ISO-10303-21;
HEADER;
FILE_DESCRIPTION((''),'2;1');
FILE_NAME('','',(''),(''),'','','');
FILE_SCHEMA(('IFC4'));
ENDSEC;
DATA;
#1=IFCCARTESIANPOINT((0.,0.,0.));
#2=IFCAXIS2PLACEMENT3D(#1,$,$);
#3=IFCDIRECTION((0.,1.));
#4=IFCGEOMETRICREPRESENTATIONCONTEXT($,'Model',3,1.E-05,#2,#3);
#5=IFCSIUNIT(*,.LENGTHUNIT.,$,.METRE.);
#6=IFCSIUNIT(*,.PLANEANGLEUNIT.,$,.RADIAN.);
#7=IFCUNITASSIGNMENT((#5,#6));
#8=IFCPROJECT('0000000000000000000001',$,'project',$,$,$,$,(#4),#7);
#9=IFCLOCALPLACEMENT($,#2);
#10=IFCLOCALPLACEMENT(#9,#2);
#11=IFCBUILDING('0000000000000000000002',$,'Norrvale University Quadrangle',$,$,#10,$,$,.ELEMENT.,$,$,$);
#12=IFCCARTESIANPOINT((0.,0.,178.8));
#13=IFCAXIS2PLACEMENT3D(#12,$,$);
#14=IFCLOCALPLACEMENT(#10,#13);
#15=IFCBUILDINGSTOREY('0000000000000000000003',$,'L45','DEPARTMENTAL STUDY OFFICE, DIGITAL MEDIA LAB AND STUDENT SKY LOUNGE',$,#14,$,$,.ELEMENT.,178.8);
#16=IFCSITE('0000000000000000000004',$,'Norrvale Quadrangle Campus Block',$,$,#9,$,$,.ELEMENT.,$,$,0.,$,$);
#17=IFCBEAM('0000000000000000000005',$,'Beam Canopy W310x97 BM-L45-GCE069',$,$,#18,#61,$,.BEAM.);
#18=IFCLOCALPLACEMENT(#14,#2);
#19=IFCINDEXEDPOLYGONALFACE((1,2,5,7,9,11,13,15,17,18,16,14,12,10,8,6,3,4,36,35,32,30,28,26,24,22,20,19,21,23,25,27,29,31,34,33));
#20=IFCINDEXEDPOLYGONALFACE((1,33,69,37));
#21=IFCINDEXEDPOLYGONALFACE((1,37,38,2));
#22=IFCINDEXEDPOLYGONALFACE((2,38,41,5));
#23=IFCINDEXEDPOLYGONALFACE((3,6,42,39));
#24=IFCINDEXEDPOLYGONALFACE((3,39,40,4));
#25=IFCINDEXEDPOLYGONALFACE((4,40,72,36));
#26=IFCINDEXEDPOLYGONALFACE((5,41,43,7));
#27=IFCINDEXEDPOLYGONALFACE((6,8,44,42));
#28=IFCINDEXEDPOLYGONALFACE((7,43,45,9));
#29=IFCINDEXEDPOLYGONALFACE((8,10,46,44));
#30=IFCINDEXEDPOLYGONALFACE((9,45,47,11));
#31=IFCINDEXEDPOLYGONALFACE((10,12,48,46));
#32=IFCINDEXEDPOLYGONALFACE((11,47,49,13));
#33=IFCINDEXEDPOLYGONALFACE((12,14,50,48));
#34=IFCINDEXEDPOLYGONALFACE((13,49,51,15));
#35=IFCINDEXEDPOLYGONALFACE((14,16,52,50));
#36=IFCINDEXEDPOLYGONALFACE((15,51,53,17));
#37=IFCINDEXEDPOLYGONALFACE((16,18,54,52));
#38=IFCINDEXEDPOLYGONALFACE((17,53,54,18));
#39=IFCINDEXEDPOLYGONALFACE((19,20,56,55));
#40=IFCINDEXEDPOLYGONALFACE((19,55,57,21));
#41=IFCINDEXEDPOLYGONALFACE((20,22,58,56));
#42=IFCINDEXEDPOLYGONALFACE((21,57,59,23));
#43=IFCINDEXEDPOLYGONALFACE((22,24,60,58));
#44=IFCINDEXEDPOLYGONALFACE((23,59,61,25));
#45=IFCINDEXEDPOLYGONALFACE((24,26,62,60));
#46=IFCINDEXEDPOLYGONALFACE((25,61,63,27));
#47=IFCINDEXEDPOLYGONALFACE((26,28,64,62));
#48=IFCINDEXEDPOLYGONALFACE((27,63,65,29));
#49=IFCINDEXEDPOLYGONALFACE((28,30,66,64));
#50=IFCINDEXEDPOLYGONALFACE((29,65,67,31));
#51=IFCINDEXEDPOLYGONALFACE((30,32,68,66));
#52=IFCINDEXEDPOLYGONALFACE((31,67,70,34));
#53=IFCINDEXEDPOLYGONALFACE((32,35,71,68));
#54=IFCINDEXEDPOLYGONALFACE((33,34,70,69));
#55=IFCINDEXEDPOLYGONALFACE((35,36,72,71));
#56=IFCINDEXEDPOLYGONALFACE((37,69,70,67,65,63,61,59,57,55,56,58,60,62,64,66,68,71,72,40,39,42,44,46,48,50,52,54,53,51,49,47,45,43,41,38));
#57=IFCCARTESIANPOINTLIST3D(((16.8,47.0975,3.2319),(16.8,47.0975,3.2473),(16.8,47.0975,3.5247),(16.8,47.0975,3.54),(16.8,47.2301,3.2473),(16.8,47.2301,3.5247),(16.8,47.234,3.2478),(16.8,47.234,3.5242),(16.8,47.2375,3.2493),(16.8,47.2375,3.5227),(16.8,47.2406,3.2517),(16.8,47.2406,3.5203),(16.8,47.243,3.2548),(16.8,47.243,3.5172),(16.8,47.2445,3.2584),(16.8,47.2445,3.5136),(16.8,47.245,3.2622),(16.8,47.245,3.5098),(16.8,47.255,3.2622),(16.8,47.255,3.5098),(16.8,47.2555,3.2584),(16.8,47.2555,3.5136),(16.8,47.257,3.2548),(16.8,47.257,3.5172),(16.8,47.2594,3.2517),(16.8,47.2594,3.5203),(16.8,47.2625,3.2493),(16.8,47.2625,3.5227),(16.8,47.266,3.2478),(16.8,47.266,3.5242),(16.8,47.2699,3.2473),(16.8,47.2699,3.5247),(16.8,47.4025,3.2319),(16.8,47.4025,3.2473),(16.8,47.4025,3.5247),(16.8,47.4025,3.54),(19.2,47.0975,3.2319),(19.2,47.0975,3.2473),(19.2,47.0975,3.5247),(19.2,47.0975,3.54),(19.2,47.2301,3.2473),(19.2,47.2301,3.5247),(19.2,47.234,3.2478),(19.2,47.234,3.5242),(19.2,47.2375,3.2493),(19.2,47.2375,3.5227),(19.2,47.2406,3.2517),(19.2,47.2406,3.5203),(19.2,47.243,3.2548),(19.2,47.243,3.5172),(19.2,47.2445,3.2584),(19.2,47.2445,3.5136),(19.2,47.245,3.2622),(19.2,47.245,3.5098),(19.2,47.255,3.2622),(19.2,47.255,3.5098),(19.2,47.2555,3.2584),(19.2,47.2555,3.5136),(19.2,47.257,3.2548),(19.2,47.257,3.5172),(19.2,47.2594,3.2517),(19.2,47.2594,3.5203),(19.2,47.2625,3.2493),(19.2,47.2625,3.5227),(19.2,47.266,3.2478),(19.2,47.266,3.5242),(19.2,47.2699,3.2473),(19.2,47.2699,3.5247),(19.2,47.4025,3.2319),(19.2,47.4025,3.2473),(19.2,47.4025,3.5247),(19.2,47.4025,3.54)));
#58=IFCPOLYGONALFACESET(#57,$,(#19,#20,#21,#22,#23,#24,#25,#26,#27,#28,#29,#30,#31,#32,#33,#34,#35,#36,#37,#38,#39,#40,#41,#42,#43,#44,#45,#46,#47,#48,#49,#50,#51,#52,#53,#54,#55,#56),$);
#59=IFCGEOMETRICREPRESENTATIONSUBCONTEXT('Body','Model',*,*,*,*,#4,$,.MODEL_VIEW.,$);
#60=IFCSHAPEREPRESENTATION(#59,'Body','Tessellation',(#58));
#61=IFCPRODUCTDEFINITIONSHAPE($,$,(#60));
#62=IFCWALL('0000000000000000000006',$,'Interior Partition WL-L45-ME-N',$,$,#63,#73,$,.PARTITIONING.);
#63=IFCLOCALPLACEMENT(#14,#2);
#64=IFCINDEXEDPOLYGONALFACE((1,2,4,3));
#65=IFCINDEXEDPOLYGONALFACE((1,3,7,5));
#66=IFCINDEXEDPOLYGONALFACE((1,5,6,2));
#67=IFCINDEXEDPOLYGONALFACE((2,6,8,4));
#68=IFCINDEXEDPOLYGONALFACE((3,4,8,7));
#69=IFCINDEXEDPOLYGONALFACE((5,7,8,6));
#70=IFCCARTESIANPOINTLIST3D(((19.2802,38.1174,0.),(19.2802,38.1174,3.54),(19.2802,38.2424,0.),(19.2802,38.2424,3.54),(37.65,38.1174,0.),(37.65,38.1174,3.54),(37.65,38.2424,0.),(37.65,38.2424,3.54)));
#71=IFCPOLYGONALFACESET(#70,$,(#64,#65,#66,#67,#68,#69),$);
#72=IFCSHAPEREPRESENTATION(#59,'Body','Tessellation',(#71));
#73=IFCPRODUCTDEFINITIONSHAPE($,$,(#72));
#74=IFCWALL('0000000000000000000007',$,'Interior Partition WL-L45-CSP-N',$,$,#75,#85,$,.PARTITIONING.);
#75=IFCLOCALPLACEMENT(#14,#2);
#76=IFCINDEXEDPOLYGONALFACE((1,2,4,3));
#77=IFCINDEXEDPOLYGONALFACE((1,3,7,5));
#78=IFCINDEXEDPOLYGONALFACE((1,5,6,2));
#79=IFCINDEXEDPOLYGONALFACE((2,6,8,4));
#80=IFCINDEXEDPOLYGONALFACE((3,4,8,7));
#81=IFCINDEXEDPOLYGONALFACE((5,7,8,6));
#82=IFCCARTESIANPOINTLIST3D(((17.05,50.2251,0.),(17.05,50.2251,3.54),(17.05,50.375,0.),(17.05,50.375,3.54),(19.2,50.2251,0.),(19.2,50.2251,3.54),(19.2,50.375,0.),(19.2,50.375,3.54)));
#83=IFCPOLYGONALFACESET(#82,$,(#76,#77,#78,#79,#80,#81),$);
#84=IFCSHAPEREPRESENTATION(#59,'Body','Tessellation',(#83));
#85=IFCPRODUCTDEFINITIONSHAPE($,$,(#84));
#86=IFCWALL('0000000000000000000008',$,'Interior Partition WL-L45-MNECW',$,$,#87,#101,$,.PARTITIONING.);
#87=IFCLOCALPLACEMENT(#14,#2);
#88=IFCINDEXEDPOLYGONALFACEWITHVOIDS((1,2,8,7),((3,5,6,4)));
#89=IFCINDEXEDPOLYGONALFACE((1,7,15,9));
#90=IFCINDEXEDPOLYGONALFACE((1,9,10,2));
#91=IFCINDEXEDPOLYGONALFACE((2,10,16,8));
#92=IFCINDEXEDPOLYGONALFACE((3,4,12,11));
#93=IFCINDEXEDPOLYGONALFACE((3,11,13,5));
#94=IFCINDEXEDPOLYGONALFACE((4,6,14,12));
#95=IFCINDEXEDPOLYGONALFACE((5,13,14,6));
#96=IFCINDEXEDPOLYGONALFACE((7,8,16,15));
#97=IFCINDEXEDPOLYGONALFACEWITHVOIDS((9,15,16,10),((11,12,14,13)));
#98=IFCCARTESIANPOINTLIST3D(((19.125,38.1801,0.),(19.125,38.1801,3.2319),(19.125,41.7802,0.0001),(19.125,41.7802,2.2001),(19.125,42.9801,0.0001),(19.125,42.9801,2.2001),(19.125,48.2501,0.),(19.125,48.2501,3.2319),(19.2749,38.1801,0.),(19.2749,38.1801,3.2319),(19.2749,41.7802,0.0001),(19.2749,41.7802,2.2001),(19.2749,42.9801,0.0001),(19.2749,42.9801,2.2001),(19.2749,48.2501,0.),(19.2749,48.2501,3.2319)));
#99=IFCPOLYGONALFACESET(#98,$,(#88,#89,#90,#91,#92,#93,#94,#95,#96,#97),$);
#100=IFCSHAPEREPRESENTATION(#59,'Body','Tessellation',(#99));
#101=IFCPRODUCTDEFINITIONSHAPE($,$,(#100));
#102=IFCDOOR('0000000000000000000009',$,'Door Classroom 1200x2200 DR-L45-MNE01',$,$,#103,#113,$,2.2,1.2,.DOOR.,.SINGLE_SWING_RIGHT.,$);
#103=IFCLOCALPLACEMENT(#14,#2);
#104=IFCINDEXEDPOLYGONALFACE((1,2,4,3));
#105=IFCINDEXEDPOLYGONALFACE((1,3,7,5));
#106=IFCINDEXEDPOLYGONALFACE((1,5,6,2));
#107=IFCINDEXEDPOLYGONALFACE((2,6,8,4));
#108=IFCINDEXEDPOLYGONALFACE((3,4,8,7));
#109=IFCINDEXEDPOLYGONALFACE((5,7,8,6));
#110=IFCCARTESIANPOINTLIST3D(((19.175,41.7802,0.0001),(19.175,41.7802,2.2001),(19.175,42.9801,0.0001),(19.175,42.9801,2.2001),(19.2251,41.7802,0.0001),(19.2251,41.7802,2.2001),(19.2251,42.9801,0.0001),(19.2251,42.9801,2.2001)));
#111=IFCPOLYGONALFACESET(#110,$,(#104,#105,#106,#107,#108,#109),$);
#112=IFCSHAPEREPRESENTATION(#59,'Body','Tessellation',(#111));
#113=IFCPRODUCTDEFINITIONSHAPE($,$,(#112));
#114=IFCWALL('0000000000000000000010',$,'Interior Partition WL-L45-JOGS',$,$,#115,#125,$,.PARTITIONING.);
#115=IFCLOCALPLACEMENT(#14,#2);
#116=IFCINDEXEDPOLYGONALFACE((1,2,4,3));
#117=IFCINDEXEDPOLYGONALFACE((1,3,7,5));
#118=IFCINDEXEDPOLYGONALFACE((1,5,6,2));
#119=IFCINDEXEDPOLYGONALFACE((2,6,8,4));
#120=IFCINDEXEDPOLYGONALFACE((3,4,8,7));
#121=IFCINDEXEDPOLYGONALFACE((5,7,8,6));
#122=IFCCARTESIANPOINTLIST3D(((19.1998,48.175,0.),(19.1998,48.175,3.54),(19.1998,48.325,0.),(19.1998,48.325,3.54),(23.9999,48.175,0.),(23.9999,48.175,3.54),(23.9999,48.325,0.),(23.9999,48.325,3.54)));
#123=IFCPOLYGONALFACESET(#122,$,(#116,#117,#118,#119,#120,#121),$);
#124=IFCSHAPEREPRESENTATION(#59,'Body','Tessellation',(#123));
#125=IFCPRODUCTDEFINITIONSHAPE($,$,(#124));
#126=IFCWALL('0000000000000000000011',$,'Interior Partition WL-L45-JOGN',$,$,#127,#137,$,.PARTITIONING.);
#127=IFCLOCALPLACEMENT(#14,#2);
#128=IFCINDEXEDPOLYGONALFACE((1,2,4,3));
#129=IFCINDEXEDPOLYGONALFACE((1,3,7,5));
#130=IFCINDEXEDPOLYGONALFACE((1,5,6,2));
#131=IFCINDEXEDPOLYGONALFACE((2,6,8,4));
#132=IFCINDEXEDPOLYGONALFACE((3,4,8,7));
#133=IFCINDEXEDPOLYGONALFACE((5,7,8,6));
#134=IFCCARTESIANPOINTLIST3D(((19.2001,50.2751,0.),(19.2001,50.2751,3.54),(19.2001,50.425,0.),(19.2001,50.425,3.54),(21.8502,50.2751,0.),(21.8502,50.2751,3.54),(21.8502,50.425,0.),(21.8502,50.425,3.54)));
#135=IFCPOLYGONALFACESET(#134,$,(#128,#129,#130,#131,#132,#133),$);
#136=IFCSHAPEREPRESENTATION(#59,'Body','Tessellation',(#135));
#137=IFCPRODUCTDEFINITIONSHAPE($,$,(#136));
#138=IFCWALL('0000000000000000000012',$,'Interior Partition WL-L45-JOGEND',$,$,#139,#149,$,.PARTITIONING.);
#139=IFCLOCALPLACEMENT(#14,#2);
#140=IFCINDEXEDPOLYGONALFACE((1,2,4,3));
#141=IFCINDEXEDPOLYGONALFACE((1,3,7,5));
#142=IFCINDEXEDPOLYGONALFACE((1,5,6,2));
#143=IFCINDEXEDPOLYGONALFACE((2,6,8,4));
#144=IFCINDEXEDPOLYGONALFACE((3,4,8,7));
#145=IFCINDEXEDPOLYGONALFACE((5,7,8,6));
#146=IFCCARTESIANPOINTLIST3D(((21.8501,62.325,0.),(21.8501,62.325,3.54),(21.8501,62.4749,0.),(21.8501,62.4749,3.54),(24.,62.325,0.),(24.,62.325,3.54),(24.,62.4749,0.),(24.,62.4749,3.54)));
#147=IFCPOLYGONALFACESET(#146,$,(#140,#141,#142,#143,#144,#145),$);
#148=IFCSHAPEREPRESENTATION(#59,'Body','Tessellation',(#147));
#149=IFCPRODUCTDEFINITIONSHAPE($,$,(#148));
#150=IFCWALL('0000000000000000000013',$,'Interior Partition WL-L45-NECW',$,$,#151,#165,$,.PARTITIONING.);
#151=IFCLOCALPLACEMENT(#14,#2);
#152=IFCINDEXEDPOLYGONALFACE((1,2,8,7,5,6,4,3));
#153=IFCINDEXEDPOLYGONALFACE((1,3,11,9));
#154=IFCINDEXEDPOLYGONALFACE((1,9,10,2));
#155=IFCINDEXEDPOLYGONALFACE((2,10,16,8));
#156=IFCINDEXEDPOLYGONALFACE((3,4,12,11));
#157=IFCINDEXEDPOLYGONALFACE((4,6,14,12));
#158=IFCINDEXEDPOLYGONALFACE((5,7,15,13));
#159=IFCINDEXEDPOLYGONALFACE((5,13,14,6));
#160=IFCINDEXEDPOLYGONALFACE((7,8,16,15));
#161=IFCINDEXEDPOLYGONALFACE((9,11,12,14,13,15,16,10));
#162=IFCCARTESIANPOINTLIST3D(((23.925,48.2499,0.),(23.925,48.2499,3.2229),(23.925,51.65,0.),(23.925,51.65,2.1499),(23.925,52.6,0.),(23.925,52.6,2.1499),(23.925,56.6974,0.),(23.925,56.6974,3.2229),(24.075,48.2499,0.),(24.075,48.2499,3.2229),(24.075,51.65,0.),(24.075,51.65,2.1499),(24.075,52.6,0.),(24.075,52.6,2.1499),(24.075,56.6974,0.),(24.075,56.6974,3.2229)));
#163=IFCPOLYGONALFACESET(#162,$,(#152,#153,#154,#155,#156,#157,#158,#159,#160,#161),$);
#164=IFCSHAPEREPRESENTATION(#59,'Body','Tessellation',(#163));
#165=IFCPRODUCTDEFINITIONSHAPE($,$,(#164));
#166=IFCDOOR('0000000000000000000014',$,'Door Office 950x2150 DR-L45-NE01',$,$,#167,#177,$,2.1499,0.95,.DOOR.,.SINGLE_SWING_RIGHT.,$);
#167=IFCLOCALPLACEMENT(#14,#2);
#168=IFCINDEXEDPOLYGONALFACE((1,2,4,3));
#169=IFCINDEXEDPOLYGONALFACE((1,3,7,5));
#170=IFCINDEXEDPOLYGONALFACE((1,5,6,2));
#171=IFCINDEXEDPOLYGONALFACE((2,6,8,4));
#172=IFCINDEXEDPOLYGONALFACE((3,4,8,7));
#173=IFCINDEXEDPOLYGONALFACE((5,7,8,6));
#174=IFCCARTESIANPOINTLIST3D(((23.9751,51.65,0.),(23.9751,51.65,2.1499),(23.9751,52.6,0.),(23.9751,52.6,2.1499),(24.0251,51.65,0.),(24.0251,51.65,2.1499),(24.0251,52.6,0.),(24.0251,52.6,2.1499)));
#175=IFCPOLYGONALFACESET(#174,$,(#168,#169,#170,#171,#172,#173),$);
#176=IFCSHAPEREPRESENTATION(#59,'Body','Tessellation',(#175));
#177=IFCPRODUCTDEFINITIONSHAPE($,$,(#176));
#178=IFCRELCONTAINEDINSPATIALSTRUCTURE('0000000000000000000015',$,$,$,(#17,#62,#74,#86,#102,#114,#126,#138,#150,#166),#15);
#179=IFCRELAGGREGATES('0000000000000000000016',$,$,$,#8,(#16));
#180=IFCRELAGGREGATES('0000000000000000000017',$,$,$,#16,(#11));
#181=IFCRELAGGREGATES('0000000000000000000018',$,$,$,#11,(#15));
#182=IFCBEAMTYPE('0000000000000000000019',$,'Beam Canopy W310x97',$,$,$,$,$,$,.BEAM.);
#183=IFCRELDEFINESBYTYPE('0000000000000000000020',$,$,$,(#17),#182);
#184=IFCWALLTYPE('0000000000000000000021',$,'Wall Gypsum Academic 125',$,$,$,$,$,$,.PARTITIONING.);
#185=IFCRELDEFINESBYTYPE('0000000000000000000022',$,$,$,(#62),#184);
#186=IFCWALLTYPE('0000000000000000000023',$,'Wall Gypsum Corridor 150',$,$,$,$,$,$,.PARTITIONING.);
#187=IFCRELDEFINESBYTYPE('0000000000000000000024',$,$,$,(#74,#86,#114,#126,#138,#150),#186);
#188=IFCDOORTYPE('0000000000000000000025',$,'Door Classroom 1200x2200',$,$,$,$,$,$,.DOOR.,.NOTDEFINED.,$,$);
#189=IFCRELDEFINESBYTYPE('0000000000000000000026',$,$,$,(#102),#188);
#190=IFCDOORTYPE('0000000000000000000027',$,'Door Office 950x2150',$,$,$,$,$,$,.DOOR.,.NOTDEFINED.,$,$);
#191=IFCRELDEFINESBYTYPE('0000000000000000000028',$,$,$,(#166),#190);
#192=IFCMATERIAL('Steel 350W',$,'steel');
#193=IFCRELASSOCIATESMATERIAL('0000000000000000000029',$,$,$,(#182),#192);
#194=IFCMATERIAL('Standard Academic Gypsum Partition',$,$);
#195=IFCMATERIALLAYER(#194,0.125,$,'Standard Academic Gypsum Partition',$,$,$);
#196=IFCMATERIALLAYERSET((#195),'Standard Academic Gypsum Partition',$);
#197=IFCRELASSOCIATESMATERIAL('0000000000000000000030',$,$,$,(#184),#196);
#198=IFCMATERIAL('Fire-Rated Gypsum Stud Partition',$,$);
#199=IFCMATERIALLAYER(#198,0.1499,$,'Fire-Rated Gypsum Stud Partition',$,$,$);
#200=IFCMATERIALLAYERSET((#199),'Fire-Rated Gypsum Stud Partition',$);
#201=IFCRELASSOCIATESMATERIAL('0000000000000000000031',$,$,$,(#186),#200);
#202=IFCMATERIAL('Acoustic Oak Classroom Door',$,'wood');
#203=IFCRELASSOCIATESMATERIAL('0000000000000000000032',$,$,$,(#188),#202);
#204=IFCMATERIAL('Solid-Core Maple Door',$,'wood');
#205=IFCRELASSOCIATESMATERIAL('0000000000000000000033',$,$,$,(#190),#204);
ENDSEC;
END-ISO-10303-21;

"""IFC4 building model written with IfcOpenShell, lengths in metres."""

from ifc_helpers import new_model, si_unit, direction, frame, frame_2d, origin, origin_2d, place, context, subcontext, project, spatial, rectangle, i_section, extrude, material, layer, layer_set, material_profile, profile_set, type_object, element, fill, save


model = new_model("IFC4")

# Units and contexts
model_context = context("Model", 3, precision=1e-05, world=origin(), true_north=direction((0.0, 1.0)))
body_context = subcontext(model_context, "Body", "Model", "MODEL_VIEW")
ifc_project = project(units=[si_unit("LENGTHUNIT", "METRE"), si_unit("PLANEANGLEUNIT", "RADIAN")], contexts=[model_context])

# Site, building, storey
site_placement = place(None, origin())
site = spatial("IfcSite", under=ifc_project, at=site_placement, Name="Norrvale Quadrangle Campus Block", CompositionType="ELEMENT", RefElevation=0.0)
building_placement = place(site_placement, origin())
building = spatial("IfcBuilding", under=site, at=building_placement, Name="Norrvale University Quadrangle", CompositionType="ELEMENT")
storey_placement = place(building_placement, frame((0.0, 0.0, 178.8)))
storey = spatial("IfcBuildingStorey", under=building, at=storey_placement, Name="L45", Description="DEPARTMENTAL STUDY OFFICE, DIGITAL MEDIA LAB AND STUDENT SKY LOUNGE", CompositionType="ELEMENT", Elevation=178.8)

# Beam
ifc_material_1 = material(Name="Steel 350W", Category="steel")
ifc_material_profile_1 = material_profile(ifc_material_1, i_section(OverallWidth=0.3049, OverallDepth=0.3081, WebThickness=0.01, FlangeThickness=0.0154, FilletRadius=0.0149, at=origin_2d()), Name="Steel 350W")
ifc_profile_set_1 = profile_set([ifc_material_profile_1], Name="Steel 350W")
beam_type_1 = type_object("IfcBeamType", Name="Beam Canopy W310x97", PredefinedType="BEAM", material=ifc_profile_set_1)
beam_1_placement = place(storey_placement, frame((16.8, 47.25, 3.386), z_axis=(1.0, 0.0, 0.0), x_axis=(0.0, 1.0, 0.0)))
element("IfcBeam", 1, at=beam_1_placement, inside=storey, type_object=beam_type_1, Name="Beam Canopy W310x97 BM-L45-GCE069", PredefinedType="BEAM", context=body_context, shape_type="SweptSolid", body=[
    extrude(i_section(OverallWidth=0.3049, OverallDepth=0.3081, WebThickness=0.01, FlangeThickness=0.0154, FilletRadius=0.0149, at=origin_2d()), origin(), (0.0, 0.0, 1.0), 2.3999),
])

# Walls
ifc_material_2 = material(Name="Standard Academic Gypsum Partition")
ifc_layer_1 = layer(ifc_material_2, 0.125, Name="Standard Academic Gypsum Partition")
ifc_layer_set_1 = layer_set([ifc_layer_1], Name="Standard Academic Gypsum Partition")
wall_type_1 = type_object("IfcWallType", Name="Wall Gypsum Academic 125", PredefinedType="PARTITIONING", material=ifc_layer_set_1)
wall_1_placement = place(storey_placement, frame((19.28, 38.1799, 0.0), z_axis=(0.0, 0.0, 1.0), x_axis=(1.0, 0.0, 0.0)))
element("IfcWall", 2, at=wall_1_placement, inside=storey, type_object=wall_type_1, Name="Interior Partition WL-L45-ME-N", PredefinedType="PARTITIONING", context=body_context, shape_type="SweptSolid", body=[
    extrude(rectangle(XDim=18.3699, YDim=0.125, at=frame_2d((9.1851, 0.0))), origin(), (0.0, 0.0, 1.0), 3.54),
])
ifc_material_3 = material(Name="Fire-Rated Gypsum Stud Partition")
ifc_layer_2 = layer(ifc_material_3, 0.1499, Name="Fire-Rated Gypsum Stud Partition")
ifc_layer_set_2 = layer_set([ifc_layer_2], Name="Fire-Rated Gypsum Stud Partition")
wall_type_2 = type_object("IfcWallType", Name="Wall Gypsum Corridor 150", PredefinedType="PARTITIONING", material=ifc_layer_set_2)
wall_2_placement = place(storey_placement, frame((17.05, 50.3, 0.0), z_axis=(0.0, 0.0, 1.0), x_axis=(1.0, 0.0, 0.0)))
element("IfcWall", 3, at=wall_2_placement, inside=storey, type_object=wall_type_2, Name="Interior Partition WL-L45-CSP-N", PredefinedType="PARTITIONING", context=body_context, shape_type="SweptSolid", body=[
    extrude(rectangle(XDim=2.1499, YDim=0.1499, at=frame_2d((1.075, 0.0))), origin(), (0.0, 0.0, 1.0), 3.54),
])

# Wall, opening, door
wall_3_placement = place(storey_placement, frame((19.2, 38.1799, 0.0), z_axis=(0.0, 0.0, 1.0), x_axis=(0.0, 1.0, 0.0)))
wall_3 = element("IfcWall", 4, at=wall_3_placement, inside=storey, type_object=wall_type_2, Name="Interior Partition WL-L45-MNECW", PredefinedType="PARTITIONING", context=body_context, shape_type="SweptSolid", body=[
    extrude(rectangle(XDim=10.0701, YDim=0.1499, at=frame_2d((5.0352, 0.0))), origin(), (0.0, 0.0, 1.0), 3.2319),
])
opening_1_placement = place(wall_3_placement, frame((3.6001, 0.0, 0.0)))
opening_1 = element("IfcOpeningElement", 5, at=opening_1_placement, cuts=wall_3, PredefinedType="OPENING", context=body_context, shape_type="SweptSolid", body=[
    extrude(rectangle(XDim=1.2, YDim=2.2, at=frame_2d((0.6001, 1.1001))), frame((0.0, 0.0869, 0.0), z_axis=(0.0, -1.0, 0.0), x_axis=(1.0, 0.0, 0.0)), (0.0, 0.0, 1.0), 0.1738),
])
ifc_material_4 = material(Name="Acoustic Oak Classroom Door", Category="wood")
door_type_1 = type_object("IfcDoorType", Name="Door Classroom 1200x2200", OperationType="NOTDEFINED", PredefinedType="DOOR", material=ifc_material_4)
door_1_placement = place(opening_1_placement, origin())
door_1 = element("IfcDoor", 6, at=door_1_placement, inside=storey, type_object=door_type_1, Name="Door Classroom 1200x2200 DR-L45-MNE01", OperationType="SINGLE_SWING_RIGHT", OverallHeight=2.2, OverallWidth=1.2, PredefinedType="DOOR", context=body_context, shape_type="SweptSolid", body=[
    extrude(rectangle(XDim=1.2, YDim=2.2, at=frame_2d((0.6001, 1.1001))), frame((0.0, 0.0249, 0.0), z_axis=(0.0, -1.0, 0.0), x_axis=(1.0, 0.0, 0.0)), (0.0, 0.0, 1.0), 0.05),
])
fill(opening_1, door_1)

# Walls
wall_4_placement = place(storey_placement, frame((19.2, 48.25, 0.0), z_axis=(0.0, 0.0, 1.0), x_axis=(1.0, 0.0, 0.0)))
element("IfcWall", 7, at=wall_4_placement, inside=storey, type_object=wall_type_2, Name="Interior Partition WL-L45-JOGS", PredefinedType="PARTITIONING", context=body_context, shape_type="SweptSolid", body=[
    extrude(rectangle(XDim=4.8, YDim=0.1499, at=frame_2d((2.3999, 0.0))), origin(), (0.0, 0.0, 1.0), 3.54),
])
wall_5_placement = place(storey_placement, frame((19.2, 50.3501, 0.0), z_axis=(0.0, 0.0, 1.0), x_axis=(1.0, 0.0, 0.0)))
element("IfcWall", 8, at=wall_5_placement, inside=storey, type_object=wall_type_2, Name="Interior Partition WL-L45-JOGN", PredefinedType="PARTITIONING", context=body_context, shape_type="SweptSolid", body=[
    extrude(rectangle(XDim=2.6501, YDim=0.1499, at=frame_2d((1.3252, 0.0))), origin(), (0.0, 0.0, 1.0), 3.54),
])
wall_6_placement = place(storey_placement, frame((21.8501, 62.3999, 0.0), z_axis=(0.0, 0.0, 1.0), x_axis=(1.0, 0.0, 0.0)))
element("IfcWall", 9, at=wall_6_placement, inside=storey, type_object=wall_type_2, Name="Interior Partition WL-L45-JOGEND", PredefinedType="PARTITIONING", context=body_context, shape_type="SweptSolid", body=[
    extrude(rectangle(XDim=2.1499, YDim=0.1499, at=frame_2d((1.075, 0.0))), origin(), (0.0, 0.0, 1.0), 3.54),
])

# Wall, opening, door
wall_7_placement = place(storey_placement, frame((24.0, 48.25, 0.0), z_axis=(0.0, 0.0, 1.0), x_axis=(0.0, 1.0, 0.0)))
wall_7 = element("IfcWall", 10, at=wall_7_placement, inside=storey, type_object=wall_type_2, Name="Interior Partition WL-L45-NECW", PredefinedType="PARTITIONING", context=body_context, shape_type="SweptSolid", body=[
    extrude(rectangle(XDim=8.4475, YDim=0.1499, at=frame_2d((4.2236, 0.0))), origin(), (0.0, 0.0, 1.0), 3.2229),
])
opening_2_placement = place(wall_7_placement, frame((3.3999, 0.0, 0.0)))
opening_2 = element("IfcOpeningElement", 11, at=opening_2_placement, cuts=wall_7, PredefinedType="OPENING", context=body_context, shape_type="SweptSolid", body=[
    extrude(rectangle(XDim=0.95, YDim=2.1499, at=frame_2d((0.4751, 1.075))), frame((0.0, 0.0869, 0.0), z_axis=(0.0, -1.0, 0.0), x_axis=(1.0, 0.0, 0.0)), (0.0, 0.0, 1.0), 0.1738),
])
ifc_material_5 = material(Name="Solid-Core Maple Door", Category="wood")
door_type_2 = type_object("IfcDoorType", Name="Door Office 950x2150", OperationType="NOTDEFINED", PredefinedType="DOOR", material=ifc_material_5)
door_2_placement = place(opening_2_placement, origin())
door_2 = element("IfcDoor", 12, at=door_2_placement, inside=storey, type_object=door_type_2, Name="Door Office 950x2150 DR-L45-NE01", OperationType="SINGLE_SWING_RIGHT", OverallHeight=2.1499, OverallWidth=0.95, PredefinedType="DOOR", context=body_context, shape_type="SweptSolid", body=[
    extrude(rectangle(XDim=0.95, YDim=2.1499, at=frame_2d((0.4751, 1.075))), frame((0.0, 0.0249, 0.0), z_axis=(0.0, -1.0, 0.0), x_axis=(1.0, 0.0, 0.0)), (0.0, 0.0, 1.0), 0.05),
])
fill(opening_2, door_2)

save(model, "model.ifc")
